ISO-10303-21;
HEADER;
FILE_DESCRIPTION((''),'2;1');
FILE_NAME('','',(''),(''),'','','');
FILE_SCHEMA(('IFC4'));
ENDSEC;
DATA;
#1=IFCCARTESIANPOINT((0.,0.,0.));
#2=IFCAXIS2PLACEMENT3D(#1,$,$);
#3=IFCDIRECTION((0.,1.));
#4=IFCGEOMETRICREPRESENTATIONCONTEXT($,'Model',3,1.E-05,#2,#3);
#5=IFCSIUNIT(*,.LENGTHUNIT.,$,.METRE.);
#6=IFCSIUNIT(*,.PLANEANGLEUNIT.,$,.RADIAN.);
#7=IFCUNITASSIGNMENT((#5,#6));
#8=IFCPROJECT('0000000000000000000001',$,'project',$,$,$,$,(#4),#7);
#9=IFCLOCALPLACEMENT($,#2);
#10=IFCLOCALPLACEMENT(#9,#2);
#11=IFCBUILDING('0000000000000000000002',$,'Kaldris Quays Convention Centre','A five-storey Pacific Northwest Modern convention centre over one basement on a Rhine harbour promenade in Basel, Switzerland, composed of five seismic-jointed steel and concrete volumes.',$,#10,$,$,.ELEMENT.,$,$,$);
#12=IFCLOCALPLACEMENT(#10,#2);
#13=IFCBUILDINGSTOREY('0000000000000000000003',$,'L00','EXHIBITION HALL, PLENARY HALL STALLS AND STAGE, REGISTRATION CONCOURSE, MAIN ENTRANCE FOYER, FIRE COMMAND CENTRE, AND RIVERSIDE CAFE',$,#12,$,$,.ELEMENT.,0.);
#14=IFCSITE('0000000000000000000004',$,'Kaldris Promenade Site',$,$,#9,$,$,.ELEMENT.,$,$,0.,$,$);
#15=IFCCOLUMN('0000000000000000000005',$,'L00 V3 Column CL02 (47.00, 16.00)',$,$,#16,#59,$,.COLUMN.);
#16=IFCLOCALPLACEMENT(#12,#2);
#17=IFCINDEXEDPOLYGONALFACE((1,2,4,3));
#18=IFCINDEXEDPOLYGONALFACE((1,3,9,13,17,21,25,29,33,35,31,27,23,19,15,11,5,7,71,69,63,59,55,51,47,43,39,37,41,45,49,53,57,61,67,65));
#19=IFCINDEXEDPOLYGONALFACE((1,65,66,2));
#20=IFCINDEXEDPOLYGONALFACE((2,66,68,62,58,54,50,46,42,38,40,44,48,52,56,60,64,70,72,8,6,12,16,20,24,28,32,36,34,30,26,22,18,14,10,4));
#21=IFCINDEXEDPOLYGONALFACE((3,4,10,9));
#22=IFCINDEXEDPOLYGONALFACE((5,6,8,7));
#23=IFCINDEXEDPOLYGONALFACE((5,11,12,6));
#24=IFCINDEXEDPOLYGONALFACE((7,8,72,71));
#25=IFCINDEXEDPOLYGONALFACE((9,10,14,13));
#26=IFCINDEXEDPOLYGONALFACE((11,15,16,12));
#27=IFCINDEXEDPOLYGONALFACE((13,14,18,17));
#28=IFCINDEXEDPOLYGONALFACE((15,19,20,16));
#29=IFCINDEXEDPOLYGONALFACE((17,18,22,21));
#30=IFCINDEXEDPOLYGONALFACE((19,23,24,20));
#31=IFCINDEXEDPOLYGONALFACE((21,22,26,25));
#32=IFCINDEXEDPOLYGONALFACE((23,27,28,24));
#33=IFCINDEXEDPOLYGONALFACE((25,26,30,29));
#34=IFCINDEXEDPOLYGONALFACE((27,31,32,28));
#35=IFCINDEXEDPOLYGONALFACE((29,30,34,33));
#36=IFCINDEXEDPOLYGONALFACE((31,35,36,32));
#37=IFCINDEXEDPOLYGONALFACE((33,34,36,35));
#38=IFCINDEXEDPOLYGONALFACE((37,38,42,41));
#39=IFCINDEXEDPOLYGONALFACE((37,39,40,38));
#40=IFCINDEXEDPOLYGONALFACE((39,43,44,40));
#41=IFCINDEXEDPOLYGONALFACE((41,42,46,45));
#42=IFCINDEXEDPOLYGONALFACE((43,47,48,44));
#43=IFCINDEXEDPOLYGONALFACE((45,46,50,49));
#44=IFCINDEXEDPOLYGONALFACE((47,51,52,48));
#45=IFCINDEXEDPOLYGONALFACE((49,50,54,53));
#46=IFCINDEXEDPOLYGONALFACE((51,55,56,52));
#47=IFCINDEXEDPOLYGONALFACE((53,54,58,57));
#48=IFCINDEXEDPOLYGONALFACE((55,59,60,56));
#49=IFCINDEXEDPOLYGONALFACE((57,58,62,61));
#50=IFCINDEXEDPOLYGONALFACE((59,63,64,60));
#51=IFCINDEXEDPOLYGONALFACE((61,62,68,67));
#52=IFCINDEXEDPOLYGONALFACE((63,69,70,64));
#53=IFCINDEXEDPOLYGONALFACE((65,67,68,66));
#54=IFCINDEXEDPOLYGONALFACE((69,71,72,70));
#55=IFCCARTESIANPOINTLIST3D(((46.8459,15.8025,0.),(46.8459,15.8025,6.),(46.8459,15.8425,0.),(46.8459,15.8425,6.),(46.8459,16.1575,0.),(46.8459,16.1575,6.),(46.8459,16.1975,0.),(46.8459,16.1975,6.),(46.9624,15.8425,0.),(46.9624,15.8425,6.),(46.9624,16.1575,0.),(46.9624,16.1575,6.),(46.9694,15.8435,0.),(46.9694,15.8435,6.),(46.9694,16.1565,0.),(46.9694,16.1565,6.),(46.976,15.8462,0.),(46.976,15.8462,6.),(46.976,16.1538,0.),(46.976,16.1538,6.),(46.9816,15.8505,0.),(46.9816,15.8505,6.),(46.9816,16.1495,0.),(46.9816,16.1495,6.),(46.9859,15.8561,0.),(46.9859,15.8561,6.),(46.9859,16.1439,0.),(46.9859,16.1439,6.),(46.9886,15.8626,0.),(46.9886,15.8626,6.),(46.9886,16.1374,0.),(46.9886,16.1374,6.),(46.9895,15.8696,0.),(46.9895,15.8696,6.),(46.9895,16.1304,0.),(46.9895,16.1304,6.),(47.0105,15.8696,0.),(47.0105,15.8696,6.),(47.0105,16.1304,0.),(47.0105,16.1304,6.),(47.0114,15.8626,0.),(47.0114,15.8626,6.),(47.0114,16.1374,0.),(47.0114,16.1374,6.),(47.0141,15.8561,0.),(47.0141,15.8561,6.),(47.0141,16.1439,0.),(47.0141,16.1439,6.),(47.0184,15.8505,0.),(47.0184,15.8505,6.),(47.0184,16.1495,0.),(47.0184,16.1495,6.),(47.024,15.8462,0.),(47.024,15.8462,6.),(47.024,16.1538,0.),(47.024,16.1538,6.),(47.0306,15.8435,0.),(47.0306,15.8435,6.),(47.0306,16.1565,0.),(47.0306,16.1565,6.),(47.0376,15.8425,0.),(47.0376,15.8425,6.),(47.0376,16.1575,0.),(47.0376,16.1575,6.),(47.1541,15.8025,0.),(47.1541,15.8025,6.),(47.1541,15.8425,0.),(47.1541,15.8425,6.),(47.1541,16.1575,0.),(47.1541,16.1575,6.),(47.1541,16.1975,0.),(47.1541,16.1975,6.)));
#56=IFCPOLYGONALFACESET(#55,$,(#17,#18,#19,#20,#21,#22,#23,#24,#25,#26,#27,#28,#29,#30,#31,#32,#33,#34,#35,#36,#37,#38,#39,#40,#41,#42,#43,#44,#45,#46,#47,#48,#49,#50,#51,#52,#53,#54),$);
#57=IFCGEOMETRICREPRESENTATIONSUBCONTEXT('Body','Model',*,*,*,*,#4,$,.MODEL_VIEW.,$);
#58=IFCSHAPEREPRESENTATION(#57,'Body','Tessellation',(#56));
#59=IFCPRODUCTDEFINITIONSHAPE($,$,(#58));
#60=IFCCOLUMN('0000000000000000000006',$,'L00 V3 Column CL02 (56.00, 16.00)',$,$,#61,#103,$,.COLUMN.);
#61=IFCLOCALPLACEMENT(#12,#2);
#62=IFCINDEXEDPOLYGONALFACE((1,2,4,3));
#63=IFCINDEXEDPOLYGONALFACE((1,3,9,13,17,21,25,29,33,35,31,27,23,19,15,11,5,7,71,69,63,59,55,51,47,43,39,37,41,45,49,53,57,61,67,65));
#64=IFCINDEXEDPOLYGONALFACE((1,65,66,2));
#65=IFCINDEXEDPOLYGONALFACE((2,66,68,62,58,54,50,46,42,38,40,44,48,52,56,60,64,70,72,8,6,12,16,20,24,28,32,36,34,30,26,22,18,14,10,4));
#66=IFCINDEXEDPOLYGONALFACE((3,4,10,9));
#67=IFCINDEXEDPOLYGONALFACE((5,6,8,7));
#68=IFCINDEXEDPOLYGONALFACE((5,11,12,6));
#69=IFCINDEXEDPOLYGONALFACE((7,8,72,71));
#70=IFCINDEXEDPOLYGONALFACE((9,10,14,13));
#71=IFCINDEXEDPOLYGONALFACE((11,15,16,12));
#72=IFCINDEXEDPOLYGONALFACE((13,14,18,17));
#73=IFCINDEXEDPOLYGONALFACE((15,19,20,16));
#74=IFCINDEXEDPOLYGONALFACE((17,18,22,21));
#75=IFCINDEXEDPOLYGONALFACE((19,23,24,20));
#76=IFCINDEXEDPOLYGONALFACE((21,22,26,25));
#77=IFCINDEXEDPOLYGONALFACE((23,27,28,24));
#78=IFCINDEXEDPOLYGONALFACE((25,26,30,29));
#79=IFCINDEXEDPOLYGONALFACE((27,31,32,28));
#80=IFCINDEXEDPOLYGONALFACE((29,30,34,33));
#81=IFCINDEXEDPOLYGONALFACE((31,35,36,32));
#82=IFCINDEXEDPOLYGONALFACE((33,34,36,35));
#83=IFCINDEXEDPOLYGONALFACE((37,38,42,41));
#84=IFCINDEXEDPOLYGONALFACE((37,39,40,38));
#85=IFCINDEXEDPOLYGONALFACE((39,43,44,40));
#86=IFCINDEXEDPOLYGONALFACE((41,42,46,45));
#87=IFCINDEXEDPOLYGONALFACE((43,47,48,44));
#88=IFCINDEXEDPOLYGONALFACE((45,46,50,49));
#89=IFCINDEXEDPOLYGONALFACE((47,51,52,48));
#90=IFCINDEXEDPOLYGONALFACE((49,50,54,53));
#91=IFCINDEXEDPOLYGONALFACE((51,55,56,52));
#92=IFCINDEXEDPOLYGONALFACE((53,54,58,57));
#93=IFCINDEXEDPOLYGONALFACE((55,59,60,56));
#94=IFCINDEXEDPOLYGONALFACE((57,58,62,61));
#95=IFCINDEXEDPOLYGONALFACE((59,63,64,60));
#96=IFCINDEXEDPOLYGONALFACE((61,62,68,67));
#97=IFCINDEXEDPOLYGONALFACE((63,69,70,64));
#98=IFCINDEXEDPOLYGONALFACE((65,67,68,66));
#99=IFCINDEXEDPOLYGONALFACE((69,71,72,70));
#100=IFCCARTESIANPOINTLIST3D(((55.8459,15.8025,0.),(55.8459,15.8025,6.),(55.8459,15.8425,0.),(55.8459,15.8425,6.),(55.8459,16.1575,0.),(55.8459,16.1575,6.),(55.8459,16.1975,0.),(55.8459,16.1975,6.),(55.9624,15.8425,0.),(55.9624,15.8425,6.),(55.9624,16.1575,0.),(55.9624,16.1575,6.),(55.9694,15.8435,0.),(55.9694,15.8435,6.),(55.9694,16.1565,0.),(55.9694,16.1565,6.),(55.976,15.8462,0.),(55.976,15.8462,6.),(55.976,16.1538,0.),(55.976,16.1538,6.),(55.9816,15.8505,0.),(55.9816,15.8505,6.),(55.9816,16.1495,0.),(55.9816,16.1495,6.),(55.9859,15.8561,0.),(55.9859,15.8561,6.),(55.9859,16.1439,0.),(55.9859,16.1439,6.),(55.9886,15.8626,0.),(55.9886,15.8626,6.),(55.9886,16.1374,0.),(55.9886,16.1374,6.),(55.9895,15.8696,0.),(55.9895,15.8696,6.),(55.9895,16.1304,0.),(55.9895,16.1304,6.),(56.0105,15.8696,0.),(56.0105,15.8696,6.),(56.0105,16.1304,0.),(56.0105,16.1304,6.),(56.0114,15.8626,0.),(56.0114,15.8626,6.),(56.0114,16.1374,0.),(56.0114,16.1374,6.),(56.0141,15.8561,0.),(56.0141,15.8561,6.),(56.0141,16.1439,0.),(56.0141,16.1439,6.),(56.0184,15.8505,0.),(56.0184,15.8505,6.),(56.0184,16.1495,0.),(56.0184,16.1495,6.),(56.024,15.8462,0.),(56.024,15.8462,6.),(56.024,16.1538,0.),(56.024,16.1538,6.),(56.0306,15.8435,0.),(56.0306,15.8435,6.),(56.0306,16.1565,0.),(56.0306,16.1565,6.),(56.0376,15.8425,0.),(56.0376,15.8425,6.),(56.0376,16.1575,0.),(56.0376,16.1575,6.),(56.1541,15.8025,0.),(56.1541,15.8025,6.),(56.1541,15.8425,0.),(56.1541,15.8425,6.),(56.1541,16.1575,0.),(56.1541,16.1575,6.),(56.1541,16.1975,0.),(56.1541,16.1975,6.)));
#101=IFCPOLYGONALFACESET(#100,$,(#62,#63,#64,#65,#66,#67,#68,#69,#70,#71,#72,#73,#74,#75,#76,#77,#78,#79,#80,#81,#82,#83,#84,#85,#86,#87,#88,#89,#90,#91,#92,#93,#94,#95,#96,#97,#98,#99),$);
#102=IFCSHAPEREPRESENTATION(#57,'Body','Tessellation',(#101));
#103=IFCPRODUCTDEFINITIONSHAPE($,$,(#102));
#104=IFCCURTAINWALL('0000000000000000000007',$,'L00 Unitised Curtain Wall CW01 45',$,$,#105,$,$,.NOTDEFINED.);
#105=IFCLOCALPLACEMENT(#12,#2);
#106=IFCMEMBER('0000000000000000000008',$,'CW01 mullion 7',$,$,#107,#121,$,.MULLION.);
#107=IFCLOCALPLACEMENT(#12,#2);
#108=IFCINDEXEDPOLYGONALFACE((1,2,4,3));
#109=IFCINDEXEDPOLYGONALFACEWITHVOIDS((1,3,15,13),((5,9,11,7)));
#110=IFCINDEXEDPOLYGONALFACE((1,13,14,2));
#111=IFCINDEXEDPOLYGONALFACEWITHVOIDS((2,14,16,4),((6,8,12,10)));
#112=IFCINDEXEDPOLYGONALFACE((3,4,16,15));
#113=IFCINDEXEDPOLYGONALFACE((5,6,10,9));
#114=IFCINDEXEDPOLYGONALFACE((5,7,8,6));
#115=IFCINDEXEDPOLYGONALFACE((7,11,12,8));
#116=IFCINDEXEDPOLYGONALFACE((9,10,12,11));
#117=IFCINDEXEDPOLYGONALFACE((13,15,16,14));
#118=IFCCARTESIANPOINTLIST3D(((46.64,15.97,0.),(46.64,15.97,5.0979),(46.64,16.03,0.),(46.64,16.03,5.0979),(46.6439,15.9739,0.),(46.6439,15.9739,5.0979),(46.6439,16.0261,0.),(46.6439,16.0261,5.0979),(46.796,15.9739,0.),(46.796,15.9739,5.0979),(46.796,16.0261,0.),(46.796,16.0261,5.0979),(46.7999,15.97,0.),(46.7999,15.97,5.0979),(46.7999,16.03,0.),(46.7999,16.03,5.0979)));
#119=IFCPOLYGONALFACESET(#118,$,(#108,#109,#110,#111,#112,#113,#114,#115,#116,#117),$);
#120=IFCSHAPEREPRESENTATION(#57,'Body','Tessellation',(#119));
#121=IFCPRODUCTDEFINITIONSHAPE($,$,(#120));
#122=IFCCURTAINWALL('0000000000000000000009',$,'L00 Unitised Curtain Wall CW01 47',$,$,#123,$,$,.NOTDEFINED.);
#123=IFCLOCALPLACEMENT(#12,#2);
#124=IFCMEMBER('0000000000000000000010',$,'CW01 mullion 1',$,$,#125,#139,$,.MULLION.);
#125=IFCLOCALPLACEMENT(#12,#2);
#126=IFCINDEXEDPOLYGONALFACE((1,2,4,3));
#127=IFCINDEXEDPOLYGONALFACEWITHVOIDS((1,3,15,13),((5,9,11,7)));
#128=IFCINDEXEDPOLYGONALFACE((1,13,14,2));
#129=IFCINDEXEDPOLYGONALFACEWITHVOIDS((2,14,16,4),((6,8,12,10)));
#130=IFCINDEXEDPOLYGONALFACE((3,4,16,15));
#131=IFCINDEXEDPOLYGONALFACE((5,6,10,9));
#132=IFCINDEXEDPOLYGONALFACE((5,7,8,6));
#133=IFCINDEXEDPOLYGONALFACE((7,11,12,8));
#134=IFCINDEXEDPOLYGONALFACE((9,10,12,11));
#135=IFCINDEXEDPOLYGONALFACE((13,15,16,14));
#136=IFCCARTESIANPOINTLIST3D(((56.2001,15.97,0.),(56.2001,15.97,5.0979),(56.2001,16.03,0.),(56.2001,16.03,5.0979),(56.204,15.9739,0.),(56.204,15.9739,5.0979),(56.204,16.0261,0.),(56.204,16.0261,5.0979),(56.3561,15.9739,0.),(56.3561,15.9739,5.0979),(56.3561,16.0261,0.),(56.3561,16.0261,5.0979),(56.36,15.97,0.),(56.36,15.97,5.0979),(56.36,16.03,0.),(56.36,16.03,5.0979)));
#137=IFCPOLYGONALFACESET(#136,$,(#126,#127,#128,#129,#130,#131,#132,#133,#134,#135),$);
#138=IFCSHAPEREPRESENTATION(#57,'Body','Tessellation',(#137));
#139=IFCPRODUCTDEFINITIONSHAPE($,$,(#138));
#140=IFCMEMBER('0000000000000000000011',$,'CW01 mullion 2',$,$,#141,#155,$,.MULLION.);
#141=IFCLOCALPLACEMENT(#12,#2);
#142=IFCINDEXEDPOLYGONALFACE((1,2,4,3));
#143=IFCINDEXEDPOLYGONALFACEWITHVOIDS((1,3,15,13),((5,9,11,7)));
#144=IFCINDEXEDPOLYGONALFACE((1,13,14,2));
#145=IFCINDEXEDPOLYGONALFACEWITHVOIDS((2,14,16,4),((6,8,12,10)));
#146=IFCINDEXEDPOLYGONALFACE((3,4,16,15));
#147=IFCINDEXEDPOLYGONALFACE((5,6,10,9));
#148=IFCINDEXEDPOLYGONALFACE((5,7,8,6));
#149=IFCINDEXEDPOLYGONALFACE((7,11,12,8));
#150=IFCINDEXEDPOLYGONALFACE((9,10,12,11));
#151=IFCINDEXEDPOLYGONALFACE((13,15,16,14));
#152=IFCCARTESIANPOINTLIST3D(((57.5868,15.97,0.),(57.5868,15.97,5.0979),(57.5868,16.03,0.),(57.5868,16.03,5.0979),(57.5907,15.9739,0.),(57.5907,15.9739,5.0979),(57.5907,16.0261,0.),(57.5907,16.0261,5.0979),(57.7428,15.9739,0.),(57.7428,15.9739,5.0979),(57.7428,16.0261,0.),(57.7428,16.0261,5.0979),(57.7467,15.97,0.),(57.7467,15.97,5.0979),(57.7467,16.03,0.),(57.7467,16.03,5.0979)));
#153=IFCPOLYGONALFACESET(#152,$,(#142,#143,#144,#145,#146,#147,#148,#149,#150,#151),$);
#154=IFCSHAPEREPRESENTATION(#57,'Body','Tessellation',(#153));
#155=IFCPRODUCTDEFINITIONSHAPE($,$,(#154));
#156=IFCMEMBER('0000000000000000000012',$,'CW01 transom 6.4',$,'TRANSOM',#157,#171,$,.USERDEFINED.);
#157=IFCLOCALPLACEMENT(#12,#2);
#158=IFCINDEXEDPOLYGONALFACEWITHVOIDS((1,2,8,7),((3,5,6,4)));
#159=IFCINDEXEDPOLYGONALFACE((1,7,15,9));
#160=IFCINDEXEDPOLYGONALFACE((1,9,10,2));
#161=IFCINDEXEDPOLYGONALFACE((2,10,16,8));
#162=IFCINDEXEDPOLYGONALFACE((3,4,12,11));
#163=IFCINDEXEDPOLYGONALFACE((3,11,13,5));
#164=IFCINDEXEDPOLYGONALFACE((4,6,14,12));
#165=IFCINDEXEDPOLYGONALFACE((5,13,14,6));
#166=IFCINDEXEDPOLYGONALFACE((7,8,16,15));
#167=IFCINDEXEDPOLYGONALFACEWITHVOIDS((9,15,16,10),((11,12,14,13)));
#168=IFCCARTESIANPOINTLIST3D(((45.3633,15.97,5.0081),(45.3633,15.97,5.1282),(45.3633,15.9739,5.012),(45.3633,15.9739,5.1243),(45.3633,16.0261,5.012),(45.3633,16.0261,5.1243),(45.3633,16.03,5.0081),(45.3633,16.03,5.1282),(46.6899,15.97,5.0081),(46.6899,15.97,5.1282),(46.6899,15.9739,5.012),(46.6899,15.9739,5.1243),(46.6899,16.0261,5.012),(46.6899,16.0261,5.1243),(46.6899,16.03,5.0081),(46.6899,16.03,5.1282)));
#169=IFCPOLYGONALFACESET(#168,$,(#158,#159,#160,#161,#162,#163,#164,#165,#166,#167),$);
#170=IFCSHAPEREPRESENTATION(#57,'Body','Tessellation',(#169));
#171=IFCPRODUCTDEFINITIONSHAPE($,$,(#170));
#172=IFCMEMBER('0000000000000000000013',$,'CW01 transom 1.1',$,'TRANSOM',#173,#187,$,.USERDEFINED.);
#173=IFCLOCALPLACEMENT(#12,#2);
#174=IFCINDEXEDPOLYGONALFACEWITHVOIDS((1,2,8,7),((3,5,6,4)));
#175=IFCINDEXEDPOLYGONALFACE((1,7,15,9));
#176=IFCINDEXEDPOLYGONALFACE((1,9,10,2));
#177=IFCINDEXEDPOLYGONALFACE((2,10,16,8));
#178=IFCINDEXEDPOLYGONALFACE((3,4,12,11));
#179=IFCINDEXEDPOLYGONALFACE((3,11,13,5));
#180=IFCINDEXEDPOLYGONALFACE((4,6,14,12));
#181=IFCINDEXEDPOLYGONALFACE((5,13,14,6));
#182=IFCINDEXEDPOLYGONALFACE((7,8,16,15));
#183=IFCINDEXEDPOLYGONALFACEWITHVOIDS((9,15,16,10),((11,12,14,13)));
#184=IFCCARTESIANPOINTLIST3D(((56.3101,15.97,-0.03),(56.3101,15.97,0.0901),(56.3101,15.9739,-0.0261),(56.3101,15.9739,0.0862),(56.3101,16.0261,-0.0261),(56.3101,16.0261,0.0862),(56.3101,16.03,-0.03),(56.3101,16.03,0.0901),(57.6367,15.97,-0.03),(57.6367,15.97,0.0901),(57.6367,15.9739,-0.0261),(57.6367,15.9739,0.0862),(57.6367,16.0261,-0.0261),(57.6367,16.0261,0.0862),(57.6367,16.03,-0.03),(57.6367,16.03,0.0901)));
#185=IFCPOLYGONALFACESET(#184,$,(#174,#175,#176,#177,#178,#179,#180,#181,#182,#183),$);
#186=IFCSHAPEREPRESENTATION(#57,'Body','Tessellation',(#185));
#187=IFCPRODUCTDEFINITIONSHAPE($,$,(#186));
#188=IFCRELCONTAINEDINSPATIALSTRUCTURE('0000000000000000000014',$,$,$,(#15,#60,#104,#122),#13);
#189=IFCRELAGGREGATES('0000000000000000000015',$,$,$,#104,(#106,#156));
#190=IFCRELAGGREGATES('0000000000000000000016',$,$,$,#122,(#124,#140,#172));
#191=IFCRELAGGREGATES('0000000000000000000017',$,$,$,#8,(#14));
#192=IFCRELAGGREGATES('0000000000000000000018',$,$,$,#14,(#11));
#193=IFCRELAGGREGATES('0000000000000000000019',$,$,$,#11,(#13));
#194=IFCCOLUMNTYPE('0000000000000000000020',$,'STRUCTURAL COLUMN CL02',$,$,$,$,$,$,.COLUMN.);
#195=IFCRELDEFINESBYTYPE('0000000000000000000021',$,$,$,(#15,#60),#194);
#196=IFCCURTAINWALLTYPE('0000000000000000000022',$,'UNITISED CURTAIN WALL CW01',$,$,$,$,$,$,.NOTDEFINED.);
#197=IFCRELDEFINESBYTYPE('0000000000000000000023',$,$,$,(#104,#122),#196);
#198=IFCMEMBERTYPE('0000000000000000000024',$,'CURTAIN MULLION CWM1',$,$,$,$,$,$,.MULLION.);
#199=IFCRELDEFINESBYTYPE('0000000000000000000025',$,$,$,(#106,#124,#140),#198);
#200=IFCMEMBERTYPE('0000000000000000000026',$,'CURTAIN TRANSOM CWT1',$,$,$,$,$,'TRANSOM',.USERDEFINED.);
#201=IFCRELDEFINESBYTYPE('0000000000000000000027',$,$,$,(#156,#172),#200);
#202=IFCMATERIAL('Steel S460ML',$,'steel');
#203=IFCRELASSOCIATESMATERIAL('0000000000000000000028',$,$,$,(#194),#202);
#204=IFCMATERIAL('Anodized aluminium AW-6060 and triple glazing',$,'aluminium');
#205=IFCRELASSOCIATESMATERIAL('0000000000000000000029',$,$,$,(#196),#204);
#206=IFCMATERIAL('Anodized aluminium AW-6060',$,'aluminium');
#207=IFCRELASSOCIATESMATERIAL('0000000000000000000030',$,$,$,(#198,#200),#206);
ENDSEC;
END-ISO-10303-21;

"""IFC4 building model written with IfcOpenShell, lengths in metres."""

from ifc_helpers import new_model, si_unit, direction, frame, origin, origin_2d, place, context, subcontext, project, spatial, hollow_rectangle, i_section, extrude, material, material_profile, profile_set, type_object, element, aggregate, save


model = new_model("IFC4")

# Units and contexts
model_context = context("Model", 3, precision=1e-05, world=origin(), true_north=direction((0.0, 1.0)))
body_context = subcontext(model_context, "Body", "Model", "MODEL_VIEW")
ifc_project = project(units=[si_unit("LENGTHUNIT", "METRE"), si_unit("PLANEANGLEUNIT", "RADIAN")], contexts=[model_context])

# Site, building, storey
site_placement = place(None, origin())
site = spatial("IfcSite", under=ifc_project, at=site_placement, Name="Kaldris Promenade Site", CompositionType="ELEMENT", RefElevation=0.0)
building_placement = place(site_placement, origin())
building = spatial("IfcBuilding", under=site, at=building_placement, Name="Kaldris Quays Convention Centre", Description="A five-storey Pacific Northwest Modern convention centre over one basement on a Rhine harbour promenade in Basel, Switzerland, composed of five seismic-jointed steel and concrete volumes.", CompositionType="ELEMENT")
storey_placement = place(building_placement, origin())
storey = spatial("IfcBuildingStorey", under=building, at=storey_placement, Name="L00", Description="EXHIBITION HALL, PLENARY HALL STALLS AND STAGE, REGISTRATION CONCOURSE, MAIN ENTRANCE FOYER, FIRE COMMAND CENTRE, AND RIVERSIDE CAFE", CompositionType="ELEMENT", Elevation=0.0)

# Columns
ifc_material_1 = material(Name="Steel S460ML", Category="steel")
ifc_material_profile_1 = material_profile(ifc_material_1, i_section(OverallWidth=0.3081, OverallDepth=0.395, WebThickness=0.021, FlangeThickness=0.04, FilletRadius=0.0271, at=origin_2d()), Name="HEM 360")
ifc_profile_set_1 = profile_set([ifc_material_profile_1], Name="Steel S460ML")
column_type = type_object("IfcColumnType", Name="STRUCTURAL COLUMN CL02", PredefinedType="COLUMN", material=ifc_profile_set_1)
for number, where, z_axis, x_axis, name in (
    (1, (47.0, 16.0, 0.0), (0.0, 0.0, 1.0), (1.0, 0.0, 0.0), "L00 V3 Column CL02 (47.00, 16.00)"),
    (2, (56.0, 16.0, 0.0), (0.0, 0.0, 1.0), (1.0, 0.0, 0.0), "L00 V3 Column CL02 (56.00, 16.00)"),
):
    element("IfcColumn", number, at=place(storey_placement, frame(where, z_axis=z_axis, x_axis=x_axis)), inside=storey, type_object=column_type, Name=name, PredefinedType="COLUMN", context=body_context, shape_type="SweptSolid", body=[
        extrude(i_section(OverallWidth=0.3081, OverallDepth=0.395, WebThickness=0.021, FlangeThickness=0.04, FilletRadius=0.0271, at=origin_2d()), origin(), (0.0, 0.0, 1.0), 6.0),
    ])

# Curtain wall, member
ifc_material_2 = material(Name="Anodized aluminium AW-6060 and triple glazing", Category="aluminium")
curtain_wall_type = type_object("IfcCurtainWallType", Name="UNITISED CURTAIN WALL CW01", PredefinedType="NOTDEFINED", material=ifc_material_2)
curtain_wall_1_placement = place(storey_placement, origin())
curtain_wall_1 = element("IfcCurtainWall", 3, at=curtain_wall_1_placement, inside=storey, type_object=curtain_wall_type, Name="L00 Unitised Curtain Wall CW01 45", PredefinedType="NOTDEFINED")
ifc_material_3 = material(Name="Anodized aluminium AW-6060", Category="aluminium")
ifc_material_profile_2 = material_profile(ifc_material_3, hollow_rectangle(XDim=0.0601, YDim=0.1599, WallThickness=0.0039, at=origin_2d()), Name="RHS 160x60x4")
ifc_profile_set_2 = profile_set([ifc_material_profile_2], Name="Anodized aluminium AW-6060")
member_type_1 = type_object("IfcMemberType", Name="CURTAIN MULLION CWM1", PredefinedType="MULLION", material=ifc_profile_set_2)
member_1_placement = place(storey_placement, frame((46.72, 16.0, 0.0), z_axis=(0.0, 0.0, 1.0), x_axis=(0.0, 1.0, 0.0)))
member_1 = element("IfcMember", 4, at=member_1_placement, type_object=member_type_1, Name="CW01 mullion 7", PredefinedType="MULLION", context=body_context, shape_type="SweptSolid", body=[
    extrude(hollow_rectangle(XDim=0.0601, YDim=0.1599, WallThickness=0.0039, at=origin_2d()), origin(), (0.0, 0.0, 1.0), 5.0979),
])

# Curtain wall, members
curtain_wall_2_placement = place(storey_placement, origin())
curtain_wall_2 = element("IfcCurtainWall", 5, at=curtain_wall_2_placement, inside=storey, type_object=curtain_wall_type, Name="L00 Unitised Curtain Wall CW01 47", PredefinedType="NOTDEFINED")
member_2_placement = place(storey_placement, frame((56.28, 16.0, 0.0), z_axis=(0.0, 0.0, 1.0), x_axis=(0.0, 1.0, 0.0)))
member_2 = element("IfcMember", 6, at=member_2_placement, type_object=member_type_1, Name="CW01 mullion 1", PredefinedType="MULLION", context=body_context, shape_type="SweptSolid", body=[
    extrude(hollow_rectangle(XDim=0.0601, YDim=0.1599, WallThickness=0.0039, at=origin_2d()), origin(), (0.0, 0.0, 1.0), 5.0979),
])
member_3_placement = place(storey_placement, frame((57.6667, 16.0, 0.0), z_axis=(0.0, 0.0, 1.0), x_axis=(0.0, 1.0, 0.0)))
member_3 = element("IfcMember", 7, at=member_3_placement, type_object=member_type_1, Name="CW01 mullion 2", PredefinedType="MULLION", context=body_context, shape_type="SweptSolid", body=[
    extrude(hollow_rectangle(XDim=0.0601, YDim=0.1599, WallThickness=0.0039, at=origin_2d()), origin(), (0.0, 0.0, 1.0), 5.0979),
])

# Members
ifc_material_profile_3 = material_profile(ifc_material_3, hollow_rectangle(XDim=0.0601, YDim=0.1201, WallThickness=0.0039, at=origin_2d()), Name="RHS 120x60x4")
ifc_profile_set_3 = profile_set([ifc_material_profile_3], Name="Anodized aluminium AW-6060")
member_type_2 = type_object("IfcMemberType", Name="CURTAIN TRANSOM CWT1", ElementType="TRANSOM", PredefinedType="USERDEFINED", material=ifc_profile_set_3)
member_4_placement = place(storey_placement, frame((45.3633, 16.0, 5.0681), z_axis=(1.0, 0.0, 0.0), x_axis=(0.0, 1.0, 0.0)))
member_4 = element("IfcMember", 8, at=member_4_placement, type_object=member_type_2, Name="CW01 transom 6.4", ObjectType="TRANSOM", PredefinedType="USERDEFINED", context=body_context, shape_type="SweptSolid", body=[
    extrude(hollow_rectangle(XDim=0.0601, YDim=0.1201, WallThickness=0.0039, at=origin_2d()), origin(), (0.0, 0.0, 1.0), 1.3267),
])
member_5_placement = place(storey_placement, frame((56.3101, 16.0, 0.03), z_axis=(1.0, 0.0, 0.0), x_axis=(0.0, 1.0, 0.0)))
member_5 = element("IfcMember", 9, at=member_5_placement, type_object=member_type_2, Name="CW01 transom 1.1", ObjectType="TRANSOM", PredefinedType="USERDEFINED", context=body_context, shape_type="SweptSolid", body=[
    extrude(hollow_rectangle(XDim=0.0601, YDim=0.1201, WallThickness=0.0039, at=origin_2d()), origin(), (0.0, 0.0, 1.0), 1.3267),
])

aggregate(curtain_wall_1, [member_1, member_4])
aggregate(curtain_wall_2, [member_2, member_3, member_5])

save(model, "model.ifc")
